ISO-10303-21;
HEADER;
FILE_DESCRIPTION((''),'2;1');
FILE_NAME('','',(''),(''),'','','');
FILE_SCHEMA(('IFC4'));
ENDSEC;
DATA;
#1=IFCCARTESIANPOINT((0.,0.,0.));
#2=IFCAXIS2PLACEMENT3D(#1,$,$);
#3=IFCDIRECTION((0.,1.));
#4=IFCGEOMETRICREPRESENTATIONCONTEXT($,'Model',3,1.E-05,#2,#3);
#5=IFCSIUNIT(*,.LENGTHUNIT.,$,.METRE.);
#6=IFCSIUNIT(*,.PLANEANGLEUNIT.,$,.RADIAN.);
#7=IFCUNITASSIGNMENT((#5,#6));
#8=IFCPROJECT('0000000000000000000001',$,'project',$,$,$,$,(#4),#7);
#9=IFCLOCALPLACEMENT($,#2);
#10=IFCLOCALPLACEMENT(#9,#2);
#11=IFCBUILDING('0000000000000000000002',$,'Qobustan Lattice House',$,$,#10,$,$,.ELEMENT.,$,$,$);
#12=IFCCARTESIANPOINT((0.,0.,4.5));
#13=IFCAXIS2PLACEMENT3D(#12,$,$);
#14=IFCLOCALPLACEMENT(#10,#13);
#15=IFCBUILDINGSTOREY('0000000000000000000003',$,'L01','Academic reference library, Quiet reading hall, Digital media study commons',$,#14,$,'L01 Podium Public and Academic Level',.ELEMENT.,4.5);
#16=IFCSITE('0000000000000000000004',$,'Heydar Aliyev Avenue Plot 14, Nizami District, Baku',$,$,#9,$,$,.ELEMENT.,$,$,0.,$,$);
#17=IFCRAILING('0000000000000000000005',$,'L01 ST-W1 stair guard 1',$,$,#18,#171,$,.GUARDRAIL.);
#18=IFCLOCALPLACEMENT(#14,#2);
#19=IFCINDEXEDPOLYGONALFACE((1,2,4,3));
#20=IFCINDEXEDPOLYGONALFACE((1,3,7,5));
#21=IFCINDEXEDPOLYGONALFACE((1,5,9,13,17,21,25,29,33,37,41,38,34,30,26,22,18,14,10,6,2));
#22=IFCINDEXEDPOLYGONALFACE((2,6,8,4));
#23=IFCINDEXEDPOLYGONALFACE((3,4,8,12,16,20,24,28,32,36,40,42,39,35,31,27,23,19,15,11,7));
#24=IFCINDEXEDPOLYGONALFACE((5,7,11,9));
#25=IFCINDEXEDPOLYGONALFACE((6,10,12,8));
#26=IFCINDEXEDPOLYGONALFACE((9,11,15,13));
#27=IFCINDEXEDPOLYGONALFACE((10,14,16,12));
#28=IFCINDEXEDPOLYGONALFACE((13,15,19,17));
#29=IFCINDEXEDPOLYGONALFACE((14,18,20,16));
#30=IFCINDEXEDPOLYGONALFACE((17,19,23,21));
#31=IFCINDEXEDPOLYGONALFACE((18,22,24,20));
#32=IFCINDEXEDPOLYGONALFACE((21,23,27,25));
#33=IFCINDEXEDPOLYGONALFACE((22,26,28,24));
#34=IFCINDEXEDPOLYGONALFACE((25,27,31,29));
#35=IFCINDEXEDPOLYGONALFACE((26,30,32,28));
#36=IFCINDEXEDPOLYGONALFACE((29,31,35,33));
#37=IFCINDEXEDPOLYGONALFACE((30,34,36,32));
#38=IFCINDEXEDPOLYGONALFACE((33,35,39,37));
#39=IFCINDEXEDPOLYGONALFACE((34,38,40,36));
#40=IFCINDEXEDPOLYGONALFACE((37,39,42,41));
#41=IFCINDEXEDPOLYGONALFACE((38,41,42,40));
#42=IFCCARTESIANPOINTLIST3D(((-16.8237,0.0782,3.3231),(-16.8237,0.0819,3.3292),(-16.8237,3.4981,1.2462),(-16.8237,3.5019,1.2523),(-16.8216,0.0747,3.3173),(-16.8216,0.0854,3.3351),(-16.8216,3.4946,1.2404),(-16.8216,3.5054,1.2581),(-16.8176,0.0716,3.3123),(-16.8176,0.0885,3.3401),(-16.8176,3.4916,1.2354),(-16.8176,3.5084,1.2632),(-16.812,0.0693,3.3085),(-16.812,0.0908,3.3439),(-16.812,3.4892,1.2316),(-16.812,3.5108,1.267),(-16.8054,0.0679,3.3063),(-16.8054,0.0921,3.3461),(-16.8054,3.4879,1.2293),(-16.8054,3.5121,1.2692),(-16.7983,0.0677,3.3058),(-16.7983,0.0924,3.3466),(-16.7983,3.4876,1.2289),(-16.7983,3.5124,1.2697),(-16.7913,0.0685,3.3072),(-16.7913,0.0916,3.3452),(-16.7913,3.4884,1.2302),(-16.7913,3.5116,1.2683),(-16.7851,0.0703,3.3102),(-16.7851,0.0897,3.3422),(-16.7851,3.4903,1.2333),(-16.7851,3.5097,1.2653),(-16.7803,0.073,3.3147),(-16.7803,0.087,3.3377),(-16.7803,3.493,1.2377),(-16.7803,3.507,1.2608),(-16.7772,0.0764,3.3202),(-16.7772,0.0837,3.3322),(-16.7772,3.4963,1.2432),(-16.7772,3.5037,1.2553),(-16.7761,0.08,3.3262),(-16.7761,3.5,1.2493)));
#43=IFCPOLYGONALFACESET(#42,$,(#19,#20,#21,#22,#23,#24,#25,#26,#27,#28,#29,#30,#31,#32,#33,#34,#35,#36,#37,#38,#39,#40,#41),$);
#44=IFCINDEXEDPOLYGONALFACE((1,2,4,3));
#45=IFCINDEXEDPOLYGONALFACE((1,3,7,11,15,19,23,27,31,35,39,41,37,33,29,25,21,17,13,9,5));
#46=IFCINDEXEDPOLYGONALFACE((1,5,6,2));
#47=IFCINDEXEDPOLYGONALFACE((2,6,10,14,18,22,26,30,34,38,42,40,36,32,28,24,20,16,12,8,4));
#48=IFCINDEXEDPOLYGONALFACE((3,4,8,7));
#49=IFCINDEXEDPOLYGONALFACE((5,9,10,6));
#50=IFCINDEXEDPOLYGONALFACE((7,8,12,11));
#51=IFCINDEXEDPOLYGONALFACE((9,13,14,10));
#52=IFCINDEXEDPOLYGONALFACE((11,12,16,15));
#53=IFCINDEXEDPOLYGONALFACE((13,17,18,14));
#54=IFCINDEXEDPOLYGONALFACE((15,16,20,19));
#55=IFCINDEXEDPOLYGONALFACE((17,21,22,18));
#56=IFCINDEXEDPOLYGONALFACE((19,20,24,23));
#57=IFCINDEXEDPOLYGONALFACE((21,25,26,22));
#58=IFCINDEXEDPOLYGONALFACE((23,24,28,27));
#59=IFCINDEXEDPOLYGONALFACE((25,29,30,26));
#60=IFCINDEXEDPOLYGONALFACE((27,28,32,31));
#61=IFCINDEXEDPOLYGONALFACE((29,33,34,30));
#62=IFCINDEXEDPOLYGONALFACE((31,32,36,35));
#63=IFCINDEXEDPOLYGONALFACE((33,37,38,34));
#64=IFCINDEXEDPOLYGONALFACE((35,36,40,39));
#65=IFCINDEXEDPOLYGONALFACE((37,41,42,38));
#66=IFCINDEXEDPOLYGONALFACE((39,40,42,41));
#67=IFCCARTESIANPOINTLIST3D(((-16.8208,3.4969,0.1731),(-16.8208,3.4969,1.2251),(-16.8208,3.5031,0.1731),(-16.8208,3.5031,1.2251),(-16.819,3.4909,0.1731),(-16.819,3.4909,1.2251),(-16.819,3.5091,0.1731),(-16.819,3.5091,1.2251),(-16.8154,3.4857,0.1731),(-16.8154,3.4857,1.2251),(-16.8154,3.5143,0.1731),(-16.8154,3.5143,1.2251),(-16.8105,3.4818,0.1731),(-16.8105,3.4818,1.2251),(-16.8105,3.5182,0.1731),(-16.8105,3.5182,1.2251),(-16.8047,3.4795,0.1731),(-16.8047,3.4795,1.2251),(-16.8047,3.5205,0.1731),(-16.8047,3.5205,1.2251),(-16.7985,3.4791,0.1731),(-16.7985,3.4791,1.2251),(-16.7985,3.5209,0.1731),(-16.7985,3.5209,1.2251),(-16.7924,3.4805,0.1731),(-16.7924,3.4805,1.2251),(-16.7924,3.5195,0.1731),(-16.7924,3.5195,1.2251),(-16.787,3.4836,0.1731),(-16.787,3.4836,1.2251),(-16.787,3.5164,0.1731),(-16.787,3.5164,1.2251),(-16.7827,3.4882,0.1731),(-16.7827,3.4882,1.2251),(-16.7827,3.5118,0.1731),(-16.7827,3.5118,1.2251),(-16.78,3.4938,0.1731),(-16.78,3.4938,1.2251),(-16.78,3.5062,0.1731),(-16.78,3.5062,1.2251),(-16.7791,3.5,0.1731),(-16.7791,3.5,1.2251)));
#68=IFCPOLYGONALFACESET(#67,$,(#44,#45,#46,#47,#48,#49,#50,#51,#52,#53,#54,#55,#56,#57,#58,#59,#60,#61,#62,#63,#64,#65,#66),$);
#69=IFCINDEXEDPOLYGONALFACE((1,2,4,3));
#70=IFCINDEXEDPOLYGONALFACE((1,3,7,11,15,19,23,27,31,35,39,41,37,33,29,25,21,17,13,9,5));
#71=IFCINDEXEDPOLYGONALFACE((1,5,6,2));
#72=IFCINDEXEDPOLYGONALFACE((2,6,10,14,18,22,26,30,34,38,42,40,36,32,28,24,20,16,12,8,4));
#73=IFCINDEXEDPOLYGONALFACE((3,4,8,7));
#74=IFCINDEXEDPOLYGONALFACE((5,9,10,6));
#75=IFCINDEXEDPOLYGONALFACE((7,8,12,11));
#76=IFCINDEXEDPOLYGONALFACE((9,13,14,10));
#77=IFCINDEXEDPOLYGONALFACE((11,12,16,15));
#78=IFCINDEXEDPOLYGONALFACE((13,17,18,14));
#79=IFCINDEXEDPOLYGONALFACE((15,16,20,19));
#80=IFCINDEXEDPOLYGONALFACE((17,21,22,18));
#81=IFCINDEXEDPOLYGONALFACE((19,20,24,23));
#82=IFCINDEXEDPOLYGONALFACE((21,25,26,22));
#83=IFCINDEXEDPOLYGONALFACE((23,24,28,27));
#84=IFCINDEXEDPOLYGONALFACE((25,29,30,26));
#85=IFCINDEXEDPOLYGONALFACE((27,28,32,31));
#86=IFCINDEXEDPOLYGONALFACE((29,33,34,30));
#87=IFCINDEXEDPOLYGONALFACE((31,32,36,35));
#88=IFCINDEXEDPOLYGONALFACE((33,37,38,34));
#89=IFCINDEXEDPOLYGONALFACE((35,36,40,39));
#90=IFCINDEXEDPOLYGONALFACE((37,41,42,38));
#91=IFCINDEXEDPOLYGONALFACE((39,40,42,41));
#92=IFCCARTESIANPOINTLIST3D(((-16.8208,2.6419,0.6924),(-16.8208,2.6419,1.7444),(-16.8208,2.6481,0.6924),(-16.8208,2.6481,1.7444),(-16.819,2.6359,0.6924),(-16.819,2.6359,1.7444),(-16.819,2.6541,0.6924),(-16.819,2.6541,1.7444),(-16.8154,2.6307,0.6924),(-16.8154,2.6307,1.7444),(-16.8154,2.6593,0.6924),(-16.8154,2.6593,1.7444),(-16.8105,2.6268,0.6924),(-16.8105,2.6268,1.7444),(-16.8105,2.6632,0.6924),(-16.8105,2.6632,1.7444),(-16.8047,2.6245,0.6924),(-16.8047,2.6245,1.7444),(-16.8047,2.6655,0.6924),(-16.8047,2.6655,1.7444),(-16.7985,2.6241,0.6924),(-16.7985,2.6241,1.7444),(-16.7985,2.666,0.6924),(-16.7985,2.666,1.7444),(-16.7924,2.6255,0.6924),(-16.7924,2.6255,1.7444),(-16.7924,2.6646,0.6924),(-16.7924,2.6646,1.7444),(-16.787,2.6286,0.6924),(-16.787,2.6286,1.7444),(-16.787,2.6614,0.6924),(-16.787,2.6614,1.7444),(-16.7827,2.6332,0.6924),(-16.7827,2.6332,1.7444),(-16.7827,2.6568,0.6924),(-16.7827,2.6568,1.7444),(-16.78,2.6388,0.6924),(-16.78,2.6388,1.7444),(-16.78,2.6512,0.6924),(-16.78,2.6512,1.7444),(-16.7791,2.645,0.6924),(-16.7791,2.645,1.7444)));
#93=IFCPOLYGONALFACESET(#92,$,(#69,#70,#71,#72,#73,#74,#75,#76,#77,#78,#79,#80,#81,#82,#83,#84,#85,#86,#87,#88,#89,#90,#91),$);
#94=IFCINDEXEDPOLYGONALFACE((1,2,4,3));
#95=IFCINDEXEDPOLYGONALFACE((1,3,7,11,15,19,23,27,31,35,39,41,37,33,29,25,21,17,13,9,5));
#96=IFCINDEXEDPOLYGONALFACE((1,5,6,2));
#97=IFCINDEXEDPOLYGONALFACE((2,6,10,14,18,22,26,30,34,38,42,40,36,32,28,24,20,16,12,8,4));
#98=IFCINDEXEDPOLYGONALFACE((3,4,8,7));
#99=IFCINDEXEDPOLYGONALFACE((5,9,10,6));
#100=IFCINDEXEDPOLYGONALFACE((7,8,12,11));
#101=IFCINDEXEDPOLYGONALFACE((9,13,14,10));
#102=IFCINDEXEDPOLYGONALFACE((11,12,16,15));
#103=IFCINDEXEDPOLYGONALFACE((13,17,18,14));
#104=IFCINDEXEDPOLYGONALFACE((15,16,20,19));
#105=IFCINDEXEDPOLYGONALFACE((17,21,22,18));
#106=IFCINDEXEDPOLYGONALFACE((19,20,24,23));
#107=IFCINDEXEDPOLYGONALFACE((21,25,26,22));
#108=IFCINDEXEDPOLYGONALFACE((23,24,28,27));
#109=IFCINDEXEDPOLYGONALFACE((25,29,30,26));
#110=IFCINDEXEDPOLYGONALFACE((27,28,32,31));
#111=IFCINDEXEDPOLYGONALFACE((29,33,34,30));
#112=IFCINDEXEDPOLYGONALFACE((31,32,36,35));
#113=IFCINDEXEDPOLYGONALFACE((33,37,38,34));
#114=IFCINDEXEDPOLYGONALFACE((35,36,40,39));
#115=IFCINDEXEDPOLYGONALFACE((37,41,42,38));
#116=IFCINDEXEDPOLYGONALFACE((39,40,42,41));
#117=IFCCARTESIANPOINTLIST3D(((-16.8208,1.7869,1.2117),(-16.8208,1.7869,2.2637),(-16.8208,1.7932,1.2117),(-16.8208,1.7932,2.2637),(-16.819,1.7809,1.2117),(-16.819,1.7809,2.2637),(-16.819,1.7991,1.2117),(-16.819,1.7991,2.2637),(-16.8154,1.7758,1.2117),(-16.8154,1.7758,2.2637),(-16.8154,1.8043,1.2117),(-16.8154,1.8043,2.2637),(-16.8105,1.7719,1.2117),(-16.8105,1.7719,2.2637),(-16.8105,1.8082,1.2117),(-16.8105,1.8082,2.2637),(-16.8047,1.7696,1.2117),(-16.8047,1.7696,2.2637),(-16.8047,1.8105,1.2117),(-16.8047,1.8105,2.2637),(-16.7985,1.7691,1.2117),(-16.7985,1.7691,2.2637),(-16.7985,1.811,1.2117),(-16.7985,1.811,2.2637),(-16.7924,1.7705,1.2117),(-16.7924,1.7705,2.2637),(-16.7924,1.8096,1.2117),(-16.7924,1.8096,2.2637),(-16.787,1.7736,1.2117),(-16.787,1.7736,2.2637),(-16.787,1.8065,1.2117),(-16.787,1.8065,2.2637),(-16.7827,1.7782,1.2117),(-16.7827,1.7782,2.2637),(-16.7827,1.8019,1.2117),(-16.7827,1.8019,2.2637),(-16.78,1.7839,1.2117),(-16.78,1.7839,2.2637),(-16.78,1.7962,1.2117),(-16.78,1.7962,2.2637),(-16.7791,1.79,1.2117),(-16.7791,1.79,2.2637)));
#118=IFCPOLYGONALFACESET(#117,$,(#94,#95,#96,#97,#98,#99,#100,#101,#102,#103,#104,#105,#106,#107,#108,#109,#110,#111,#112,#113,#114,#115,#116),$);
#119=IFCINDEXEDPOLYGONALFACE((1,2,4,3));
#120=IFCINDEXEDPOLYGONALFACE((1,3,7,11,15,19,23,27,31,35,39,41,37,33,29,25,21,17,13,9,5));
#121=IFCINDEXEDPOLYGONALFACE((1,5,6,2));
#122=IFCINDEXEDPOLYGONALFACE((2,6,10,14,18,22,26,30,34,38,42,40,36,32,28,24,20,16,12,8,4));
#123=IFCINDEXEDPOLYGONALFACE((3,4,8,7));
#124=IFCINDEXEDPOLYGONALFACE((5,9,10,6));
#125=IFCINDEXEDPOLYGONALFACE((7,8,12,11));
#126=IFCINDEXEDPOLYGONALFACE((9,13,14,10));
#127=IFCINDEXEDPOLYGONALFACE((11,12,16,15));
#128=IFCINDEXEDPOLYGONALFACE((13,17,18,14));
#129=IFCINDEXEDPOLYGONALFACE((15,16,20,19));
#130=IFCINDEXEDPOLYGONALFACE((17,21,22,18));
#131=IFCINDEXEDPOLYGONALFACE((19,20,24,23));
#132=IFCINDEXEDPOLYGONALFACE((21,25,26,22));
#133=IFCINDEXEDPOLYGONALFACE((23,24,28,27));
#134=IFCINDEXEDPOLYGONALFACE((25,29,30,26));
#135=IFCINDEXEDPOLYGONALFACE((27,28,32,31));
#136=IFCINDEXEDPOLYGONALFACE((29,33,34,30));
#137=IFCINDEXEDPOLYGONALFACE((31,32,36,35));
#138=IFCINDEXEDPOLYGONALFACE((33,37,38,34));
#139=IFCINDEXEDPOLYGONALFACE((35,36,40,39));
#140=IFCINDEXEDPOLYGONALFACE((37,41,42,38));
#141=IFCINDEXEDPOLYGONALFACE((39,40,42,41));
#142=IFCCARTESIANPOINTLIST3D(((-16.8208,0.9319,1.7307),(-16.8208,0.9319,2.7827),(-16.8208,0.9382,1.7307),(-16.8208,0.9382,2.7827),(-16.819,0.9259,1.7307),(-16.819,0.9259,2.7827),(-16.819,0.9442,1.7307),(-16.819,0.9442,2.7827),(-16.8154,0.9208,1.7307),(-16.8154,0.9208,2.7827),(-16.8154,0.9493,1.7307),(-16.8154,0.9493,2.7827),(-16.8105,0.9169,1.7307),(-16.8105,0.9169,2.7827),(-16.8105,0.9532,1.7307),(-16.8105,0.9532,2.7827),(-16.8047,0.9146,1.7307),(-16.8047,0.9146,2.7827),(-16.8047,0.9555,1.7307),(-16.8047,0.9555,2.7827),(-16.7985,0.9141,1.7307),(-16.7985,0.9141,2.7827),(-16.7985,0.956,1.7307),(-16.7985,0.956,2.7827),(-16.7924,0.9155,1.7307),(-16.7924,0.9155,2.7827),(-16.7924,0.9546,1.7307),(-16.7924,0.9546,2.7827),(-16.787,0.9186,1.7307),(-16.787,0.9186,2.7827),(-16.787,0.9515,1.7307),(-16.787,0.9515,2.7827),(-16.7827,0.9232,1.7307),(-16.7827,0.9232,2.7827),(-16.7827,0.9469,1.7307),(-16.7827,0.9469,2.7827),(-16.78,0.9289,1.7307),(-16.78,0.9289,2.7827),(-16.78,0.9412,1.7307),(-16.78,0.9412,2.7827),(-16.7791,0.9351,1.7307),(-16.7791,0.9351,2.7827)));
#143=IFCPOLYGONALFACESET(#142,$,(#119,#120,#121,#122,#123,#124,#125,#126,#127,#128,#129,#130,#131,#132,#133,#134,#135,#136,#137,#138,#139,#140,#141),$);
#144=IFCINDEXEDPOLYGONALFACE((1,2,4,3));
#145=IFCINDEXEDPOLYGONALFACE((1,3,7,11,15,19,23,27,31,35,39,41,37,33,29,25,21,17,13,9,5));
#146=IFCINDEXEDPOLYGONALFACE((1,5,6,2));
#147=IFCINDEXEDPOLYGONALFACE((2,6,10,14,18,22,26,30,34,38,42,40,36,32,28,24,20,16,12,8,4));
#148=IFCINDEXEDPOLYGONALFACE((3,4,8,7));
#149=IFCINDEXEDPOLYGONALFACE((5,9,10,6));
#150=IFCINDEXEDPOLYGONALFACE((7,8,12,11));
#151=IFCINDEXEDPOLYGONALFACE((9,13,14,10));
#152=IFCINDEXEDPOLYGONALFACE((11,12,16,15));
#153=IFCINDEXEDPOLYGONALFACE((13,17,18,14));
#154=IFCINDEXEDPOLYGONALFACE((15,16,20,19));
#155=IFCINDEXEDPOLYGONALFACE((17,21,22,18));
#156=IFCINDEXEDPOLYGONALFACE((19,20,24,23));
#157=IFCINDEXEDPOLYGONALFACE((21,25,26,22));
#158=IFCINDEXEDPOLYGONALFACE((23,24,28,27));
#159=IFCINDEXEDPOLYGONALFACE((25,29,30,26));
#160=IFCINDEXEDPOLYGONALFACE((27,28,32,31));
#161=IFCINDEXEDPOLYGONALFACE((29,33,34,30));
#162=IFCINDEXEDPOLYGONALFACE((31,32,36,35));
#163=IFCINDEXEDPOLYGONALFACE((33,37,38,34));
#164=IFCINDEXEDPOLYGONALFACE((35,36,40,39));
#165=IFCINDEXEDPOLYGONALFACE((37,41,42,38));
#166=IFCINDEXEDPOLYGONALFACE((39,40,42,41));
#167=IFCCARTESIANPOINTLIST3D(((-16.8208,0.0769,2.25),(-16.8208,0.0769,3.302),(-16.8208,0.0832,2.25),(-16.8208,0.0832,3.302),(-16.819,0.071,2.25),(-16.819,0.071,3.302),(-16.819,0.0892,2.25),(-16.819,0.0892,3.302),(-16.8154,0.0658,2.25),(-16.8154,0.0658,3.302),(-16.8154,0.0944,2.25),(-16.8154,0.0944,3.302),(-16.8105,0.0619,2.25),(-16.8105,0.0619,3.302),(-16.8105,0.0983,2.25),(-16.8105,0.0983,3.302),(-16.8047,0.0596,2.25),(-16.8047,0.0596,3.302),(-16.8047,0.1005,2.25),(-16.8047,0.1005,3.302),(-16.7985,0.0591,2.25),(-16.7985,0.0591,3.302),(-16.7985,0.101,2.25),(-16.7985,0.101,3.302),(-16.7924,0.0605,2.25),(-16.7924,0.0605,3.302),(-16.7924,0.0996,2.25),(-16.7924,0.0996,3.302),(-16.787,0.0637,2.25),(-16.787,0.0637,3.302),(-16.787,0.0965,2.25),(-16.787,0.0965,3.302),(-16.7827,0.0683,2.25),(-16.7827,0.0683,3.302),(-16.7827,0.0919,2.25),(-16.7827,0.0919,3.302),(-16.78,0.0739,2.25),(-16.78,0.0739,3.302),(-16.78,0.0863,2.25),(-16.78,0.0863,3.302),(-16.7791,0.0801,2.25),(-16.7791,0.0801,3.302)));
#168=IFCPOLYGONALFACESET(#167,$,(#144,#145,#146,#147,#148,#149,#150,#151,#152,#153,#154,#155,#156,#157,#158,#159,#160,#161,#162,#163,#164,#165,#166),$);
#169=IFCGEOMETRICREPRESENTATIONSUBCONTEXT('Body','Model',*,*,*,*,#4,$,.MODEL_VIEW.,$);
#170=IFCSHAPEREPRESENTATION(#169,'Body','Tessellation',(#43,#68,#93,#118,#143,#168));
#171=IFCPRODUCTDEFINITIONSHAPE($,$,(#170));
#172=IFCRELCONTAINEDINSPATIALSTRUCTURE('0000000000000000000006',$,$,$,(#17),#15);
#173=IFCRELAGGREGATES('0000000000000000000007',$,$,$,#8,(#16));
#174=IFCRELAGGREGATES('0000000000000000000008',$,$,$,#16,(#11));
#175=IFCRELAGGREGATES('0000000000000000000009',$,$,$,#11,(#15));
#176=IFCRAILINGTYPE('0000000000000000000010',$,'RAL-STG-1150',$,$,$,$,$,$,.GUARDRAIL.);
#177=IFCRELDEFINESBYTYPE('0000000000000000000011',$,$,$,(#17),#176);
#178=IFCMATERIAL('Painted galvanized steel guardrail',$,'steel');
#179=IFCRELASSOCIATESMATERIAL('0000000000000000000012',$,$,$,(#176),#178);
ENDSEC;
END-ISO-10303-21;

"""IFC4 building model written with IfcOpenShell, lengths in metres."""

from ifc_helpers import new_model, si_unit, direction, frame, origin, origin_2d, place, context, subcontext, project, spatial, circle, extrude, material, type_object, element, save


model = new_model("IFC4")

# Units and contexts
model_context = context("Model", 3, precision=1e-05, world=origin(), true_north=direction((0.0, 1.0)))
body_context = subcontext(model_context, "Body", "Model", "MODEL_VIEW")
ifc_project = project(units=[si_unit("LENGTHUNIT", "METRE"), si_unit("PLANEANGLEUNIT", "RADIAN")], contexts=[model_context])

# Site, building, storey
site_placement = place(None, origin())
site = spatial("IfcSite", under=ifc_project, at=site_placement, Name="Heydar Aliyev Avenue Plot 14, Nizami District, Baku", CompositionType="ELEMENT", RefElevation=0.0)
building_placement = place(site_placement, origin())
building = spatial("IfcBuilding", under=site, at=building_placement, Name="Qobustan Lattice House", CompositionType="ELEMENT")
storey_placement = place(building_placement, frame((0.0, 0.0, 4.5)))
storey = spatial("IfcBuildingStorey", under=building, at=storey_placement, Name="L01", Description="Academic reference library, Quiet reading hall, Digital media study commons", LongName="L01 Podium Public and Academic Level", CompositionType="ELEMENT", Elevation=4.5)

# Railing
ifc_material_1 = material(Name="Painted galvanized steel guardrail", Category="steel")
railing_type_1 = type_object("IfcRailingType", Name="RAL-STG-1150", PredefinedType="GUARDRAIL", material=ifc_material_1)
railing_1_placement = place(storey_placement, frame((-16.8, 3.5, 0.1731)))
element("IfcRailing", 1, at=railing_1_placement, inside=storey, type_object=railing_type_1, Name="L01 ST-W1 stair guard 1", PredefinedType="GUARDRAIL", context=body_context, shape_type="SweptSolid", body=[
    extrude(circle(Radius=0.0239, at=origin_2d()), frame((0.0, 0.0, 1.0762), z_axis=(0.0, -0.85473, 0.519074), x_axis=(1.0, 0.0, 0.0)), (0.0, 0.0, 1.0), 4.0012),
    extrude(circle(Radius=0.021, at=origin_2d()), origin(), (0.0, 0.0, 1.0), 1.052),
    extrude(circle(Radius=0.021, at=origin_2d()), frame((0.0, -0.855, 0.5193)), (0.0, 0.0, 1.0), 1.052),
    extrude(circle(Radius=0.021, at=origin_2d()), frame((0.0, -1.71, 1.0386)), (0.0, 0.0, 1.0), 1.052),
    extrude(circle(Radius=0.021, at=origin_2d()), frame((0.0, -2.5649, 1.5576)), (0.0, 0.0, 1.0), 1.052),
    extrude(circle(Radius=0.021, at=origin_2d()), frame((0.0, -3.4199, 2.0769)), (0.0, 0.0, 1.0), 1.052),
])

save(model, "model.ifc")
